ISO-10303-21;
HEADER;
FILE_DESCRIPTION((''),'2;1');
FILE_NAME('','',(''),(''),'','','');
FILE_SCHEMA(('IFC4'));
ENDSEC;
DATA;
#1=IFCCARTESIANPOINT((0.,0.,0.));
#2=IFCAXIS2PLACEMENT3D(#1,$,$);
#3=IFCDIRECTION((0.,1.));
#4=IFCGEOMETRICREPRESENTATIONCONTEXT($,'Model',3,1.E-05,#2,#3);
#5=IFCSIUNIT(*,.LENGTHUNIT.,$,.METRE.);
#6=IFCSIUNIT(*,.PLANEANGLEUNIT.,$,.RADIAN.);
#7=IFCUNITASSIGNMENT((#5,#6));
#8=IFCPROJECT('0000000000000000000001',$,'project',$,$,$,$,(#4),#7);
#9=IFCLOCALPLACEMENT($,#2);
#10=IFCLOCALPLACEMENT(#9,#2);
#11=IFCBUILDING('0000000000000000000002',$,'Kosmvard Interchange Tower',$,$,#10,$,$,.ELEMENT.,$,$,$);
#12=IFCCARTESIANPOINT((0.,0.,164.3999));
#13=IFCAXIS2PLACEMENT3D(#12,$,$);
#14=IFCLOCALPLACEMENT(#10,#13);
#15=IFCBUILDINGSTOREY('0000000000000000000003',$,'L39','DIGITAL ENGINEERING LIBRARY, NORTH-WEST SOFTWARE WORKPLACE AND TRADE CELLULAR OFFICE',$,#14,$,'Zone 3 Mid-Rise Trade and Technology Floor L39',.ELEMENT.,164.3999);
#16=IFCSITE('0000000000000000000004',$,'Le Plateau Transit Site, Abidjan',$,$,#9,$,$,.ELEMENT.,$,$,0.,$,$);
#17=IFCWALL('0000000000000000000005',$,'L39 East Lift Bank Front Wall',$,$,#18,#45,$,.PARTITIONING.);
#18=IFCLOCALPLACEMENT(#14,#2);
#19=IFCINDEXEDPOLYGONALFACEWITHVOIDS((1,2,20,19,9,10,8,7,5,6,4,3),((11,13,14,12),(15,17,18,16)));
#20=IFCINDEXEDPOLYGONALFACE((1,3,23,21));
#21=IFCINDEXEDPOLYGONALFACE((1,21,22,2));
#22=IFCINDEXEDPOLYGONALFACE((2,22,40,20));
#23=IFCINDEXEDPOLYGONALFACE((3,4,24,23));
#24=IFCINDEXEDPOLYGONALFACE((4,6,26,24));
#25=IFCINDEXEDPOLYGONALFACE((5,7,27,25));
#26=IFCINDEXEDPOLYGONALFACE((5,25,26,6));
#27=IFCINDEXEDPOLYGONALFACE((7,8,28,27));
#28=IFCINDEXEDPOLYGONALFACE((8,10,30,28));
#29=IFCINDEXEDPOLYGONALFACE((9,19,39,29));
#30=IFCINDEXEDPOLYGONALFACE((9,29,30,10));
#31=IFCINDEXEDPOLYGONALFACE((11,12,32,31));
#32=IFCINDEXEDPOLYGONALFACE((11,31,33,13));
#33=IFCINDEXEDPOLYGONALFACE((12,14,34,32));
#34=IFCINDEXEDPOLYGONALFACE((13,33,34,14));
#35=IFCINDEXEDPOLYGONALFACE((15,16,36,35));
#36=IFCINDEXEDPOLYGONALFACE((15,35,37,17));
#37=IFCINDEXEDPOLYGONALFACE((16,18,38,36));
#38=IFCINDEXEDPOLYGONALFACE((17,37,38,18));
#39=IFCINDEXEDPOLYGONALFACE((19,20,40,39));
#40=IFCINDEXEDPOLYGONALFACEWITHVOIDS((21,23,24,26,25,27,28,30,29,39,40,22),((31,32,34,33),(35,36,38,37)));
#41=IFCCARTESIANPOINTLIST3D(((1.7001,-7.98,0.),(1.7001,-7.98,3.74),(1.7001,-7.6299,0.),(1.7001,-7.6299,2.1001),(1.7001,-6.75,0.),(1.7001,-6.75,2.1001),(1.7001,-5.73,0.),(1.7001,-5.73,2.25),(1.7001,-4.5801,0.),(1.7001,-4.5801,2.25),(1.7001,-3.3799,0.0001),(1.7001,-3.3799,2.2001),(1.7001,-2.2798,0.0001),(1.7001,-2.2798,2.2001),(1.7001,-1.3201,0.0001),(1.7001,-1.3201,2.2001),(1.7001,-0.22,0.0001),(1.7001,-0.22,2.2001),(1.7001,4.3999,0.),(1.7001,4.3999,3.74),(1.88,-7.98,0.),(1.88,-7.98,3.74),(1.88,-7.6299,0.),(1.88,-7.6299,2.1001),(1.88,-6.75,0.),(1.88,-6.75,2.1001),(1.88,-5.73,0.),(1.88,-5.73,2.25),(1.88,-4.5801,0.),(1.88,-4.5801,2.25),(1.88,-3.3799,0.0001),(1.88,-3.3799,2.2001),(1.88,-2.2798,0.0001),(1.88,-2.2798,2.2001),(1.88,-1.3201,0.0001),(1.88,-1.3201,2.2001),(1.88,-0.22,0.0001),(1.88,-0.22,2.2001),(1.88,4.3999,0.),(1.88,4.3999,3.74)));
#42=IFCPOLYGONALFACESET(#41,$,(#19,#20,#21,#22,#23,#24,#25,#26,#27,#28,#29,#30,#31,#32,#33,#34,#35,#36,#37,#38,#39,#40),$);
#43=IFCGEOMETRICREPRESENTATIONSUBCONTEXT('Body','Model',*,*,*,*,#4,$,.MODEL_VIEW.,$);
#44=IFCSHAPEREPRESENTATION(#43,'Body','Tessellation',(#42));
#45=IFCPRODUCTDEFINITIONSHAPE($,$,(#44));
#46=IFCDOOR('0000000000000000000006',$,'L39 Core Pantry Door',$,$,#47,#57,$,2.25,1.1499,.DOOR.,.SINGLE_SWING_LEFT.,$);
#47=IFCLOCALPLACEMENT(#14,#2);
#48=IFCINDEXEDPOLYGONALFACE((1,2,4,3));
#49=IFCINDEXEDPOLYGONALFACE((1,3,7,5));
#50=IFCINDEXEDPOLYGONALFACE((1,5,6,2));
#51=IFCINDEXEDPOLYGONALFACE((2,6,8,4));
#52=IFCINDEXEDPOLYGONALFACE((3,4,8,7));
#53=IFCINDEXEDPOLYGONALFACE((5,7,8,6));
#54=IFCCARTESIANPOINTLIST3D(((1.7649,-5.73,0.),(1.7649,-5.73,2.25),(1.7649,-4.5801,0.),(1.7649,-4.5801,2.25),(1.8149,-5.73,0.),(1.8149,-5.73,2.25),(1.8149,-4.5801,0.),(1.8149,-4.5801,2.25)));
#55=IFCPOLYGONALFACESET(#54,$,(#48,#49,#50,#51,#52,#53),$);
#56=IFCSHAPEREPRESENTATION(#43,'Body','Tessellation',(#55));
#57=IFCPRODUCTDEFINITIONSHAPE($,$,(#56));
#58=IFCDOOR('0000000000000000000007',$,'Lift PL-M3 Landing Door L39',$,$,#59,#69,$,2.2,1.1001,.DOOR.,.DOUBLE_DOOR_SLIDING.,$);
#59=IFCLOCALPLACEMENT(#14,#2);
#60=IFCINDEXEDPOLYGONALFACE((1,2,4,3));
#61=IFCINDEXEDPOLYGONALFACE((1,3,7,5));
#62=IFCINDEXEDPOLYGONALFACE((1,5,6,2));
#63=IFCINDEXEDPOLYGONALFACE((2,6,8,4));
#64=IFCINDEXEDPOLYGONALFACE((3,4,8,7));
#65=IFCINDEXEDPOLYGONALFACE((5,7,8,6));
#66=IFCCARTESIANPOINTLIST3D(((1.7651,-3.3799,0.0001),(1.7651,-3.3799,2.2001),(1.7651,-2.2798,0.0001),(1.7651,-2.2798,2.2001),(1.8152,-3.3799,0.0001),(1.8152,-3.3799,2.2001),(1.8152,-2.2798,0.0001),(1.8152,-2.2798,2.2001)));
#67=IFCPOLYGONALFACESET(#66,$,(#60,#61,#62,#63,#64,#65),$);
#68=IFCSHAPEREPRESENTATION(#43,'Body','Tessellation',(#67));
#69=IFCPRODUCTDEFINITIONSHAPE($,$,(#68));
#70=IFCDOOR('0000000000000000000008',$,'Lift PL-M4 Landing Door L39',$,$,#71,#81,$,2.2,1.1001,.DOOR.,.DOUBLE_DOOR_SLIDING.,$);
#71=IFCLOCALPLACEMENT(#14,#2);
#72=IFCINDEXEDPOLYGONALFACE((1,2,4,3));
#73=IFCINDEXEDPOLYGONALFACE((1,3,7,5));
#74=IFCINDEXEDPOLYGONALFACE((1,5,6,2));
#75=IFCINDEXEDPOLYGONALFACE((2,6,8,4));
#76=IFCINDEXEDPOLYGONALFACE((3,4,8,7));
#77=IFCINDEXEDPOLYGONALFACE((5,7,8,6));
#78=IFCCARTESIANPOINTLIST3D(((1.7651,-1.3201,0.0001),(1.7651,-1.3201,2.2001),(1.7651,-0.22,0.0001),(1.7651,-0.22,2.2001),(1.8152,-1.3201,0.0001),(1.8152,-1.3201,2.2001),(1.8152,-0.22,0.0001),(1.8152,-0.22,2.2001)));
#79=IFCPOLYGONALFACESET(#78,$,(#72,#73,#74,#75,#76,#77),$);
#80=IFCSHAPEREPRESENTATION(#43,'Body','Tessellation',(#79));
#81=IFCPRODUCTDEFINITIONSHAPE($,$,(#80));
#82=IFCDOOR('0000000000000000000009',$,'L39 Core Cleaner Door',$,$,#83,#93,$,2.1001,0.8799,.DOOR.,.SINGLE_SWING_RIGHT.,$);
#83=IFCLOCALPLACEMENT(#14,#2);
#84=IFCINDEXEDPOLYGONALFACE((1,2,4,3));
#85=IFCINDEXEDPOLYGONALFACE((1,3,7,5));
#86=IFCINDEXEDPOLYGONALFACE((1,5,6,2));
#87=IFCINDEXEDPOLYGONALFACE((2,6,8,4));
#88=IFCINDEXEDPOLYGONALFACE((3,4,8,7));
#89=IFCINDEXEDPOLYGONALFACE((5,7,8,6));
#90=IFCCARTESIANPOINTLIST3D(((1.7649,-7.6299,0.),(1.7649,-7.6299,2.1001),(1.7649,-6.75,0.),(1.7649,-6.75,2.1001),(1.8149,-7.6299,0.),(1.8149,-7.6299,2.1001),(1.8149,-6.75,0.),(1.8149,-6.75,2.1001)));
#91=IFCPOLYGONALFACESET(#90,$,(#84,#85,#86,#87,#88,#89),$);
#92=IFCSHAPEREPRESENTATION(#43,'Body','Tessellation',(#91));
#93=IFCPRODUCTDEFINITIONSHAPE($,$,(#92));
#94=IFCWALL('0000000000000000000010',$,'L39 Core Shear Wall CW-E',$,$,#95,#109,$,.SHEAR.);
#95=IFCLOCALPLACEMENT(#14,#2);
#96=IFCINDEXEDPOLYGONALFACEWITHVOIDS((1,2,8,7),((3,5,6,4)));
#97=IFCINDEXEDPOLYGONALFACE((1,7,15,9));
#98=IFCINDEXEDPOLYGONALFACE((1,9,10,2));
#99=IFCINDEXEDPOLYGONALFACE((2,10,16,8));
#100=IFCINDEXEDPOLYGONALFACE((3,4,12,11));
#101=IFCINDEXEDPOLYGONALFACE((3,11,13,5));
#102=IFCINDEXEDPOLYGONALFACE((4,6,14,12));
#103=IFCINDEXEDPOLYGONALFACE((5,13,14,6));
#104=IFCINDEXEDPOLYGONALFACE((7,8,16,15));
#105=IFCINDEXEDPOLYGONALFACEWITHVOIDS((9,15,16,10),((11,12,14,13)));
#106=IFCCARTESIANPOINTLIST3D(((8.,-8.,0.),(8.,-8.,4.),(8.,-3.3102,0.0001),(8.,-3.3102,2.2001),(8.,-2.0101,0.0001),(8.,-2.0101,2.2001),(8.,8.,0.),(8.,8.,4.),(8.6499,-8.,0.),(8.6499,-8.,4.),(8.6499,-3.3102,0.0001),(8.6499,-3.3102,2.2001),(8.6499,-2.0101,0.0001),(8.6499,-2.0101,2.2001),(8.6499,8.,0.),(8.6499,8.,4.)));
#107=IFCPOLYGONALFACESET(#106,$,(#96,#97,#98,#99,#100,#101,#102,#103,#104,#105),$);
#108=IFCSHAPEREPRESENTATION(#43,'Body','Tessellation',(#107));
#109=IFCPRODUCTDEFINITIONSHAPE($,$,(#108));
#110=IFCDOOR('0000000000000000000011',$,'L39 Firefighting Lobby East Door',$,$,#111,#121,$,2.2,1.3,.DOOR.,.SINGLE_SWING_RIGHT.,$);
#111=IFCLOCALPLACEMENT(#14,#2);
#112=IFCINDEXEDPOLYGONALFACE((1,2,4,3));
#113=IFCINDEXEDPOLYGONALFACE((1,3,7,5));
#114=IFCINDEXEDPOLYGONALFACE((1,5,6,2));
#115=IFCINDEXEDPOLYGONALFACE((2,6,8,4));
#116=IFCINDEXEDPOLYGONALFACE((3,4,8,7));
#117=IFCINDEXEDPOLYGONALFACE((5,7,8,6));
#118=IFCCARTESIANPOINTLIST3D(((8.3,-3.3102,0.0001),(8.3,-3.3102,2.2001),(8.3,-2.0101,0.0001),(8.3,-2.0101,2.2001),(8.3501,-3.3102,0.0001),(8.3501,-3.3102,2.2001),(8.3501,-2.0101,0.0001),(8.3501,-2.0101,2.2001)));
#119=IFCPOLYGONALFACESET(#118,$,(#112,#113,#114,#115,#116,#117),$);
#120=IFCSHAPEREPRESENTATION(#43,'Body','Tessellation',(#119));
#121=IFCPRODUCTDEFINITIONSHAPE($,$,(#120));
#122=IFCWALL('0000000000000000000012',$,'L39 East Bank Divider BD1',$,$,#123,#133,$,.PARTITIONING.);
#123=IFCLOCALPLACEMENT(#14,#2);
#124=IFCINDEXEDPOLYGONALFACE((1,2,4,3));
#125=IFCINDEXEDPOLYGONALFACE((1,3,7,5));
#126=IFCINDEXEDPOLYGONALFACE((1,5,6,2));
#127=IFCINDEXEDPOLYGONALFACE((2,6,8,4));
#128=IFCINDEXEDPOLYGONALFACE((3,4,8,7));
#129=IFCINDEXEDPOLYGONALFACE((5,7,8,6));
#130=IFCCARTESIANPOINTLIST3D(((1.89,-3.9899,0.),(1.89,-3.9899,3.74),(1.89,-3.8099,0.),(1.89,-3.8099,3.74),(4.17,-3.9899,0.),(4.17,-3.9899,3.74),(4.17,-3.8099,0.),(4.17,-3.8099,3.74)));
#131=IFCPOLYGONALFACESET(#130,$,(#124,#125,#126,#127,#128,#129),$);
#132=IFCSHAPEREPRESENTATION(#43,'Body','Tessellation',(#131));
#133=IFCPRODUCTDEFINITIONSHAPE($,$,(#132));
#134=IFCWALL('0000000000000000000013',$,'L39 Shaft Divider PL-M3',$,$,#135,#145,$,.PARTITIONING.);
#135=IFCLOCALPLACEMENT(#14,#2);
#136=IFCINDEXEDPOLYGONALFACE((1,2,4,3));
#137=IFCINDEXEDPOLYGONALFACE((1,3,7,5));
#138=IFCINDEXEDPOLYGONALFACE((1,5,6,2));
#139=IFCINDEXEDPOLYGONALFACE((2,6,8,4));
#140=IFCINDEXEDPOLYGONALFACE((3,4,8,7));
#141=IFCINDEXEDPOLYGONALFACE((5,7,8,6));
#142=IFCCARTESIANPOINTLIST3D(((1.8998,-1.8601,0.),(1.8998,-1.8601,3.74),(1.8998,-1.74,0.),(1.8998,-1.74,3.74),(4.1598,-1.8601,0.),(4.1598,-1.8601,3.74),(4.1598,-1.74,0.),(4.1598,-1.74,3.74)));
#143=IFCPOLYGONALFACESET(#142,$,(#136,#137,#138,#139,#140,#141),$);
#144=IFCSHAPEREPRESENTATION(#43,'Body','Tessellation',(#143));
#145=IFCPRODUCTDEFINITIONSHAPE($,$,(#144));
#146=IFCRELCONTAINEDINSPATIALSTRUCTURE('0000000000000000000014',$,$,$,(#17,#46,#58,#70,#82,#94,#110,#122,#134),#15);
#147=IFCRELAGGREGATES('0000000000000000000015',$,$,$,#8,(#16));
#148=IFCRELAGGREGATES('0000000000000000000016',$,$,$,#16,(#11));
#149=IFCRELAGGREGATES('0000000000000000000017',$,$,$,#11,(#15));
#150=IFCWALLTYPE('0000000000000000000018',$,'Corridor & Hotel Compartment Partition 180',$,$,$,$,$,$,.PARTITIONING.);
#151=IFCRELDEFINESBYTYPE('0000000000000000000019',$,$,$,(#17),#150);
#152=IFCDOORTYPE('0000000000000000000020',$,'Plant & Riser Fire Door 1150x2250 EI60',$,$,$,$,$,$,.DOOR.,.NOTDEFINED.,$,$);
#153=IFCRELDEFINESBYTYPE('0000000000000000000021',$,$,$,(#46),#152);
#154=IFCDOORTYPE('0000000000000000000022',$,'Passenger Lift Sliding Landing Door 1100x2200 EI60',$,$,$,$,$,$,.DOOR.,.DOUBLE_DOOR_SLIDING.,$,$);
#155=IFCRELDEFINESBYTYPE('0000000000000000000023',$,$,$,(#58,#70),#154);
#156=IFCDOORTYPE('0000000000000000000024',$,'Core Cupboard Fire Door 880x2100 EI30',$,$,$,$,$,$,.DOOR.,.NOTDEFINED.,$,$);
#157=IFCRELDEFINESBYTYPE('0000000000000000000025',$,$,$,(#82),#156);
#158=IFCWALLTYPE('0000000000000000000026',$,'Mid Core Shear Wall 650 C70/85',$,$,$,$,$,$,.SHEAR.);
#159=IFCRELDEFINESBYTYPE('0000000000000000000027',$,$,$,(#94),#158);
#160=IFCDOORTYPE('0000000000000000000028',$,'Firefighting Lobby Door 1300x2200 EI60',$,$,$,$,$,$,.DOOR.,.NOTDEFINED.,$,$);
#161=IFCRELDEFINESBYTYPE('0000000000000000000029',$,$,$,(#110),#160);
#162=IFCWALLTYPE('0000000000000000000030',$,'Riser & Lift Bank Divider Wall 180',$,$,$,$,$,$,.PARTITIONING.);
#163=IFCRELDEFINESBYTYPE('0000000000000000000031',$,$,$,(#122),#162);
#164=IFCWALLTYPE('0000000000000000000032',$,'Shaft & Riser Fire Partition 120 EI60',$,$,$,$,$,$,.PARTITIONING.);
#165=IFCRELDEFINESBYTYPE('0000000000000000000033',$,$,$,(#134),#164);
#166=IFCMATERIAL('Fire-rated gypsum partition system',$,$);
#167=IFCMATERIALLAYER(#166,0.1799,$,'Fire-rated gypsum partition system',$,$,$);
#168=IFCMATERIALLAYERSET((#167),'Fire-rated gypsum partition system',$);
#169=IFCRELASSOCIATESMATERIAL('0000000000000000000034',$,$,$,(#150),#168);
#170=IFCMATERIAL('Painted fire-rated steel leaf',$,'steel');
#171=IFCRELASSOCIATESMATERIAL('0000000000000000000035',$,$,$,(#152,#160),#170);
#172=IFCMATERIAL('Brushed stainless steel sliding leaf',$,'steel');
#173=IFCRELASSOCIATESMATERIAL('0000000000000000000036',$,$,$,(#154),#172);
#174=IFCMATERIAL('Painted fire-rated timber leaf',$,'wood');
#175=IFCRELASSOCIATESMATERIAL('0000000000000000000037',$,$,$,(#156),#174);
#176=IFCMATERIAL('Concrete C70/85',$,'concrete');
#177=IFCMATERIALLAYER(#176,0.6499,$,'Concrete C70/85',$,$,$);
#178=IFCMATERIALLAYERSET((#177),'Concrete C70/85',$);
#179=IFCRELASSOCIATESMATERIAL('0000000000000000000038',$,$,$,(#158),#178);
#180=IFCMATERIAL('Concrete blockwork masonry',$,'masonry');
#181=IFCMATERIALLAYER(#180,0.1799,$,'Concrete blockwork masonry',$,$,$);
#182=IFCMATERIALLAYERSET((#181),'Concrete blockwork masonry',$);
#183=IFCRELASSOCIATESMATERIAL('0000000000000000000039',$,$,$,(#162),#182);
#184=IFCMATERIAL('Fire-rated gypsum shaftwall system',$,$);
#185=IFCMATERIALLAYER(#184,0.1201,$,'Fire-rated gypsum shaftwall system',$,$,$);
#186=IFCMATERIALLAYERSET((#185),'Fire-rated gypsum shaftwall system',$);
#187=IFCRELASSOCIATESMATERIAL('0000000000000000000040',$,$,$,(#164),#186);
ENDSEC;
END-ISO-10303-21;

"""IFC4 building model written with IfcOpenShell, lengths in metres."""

from ifc_helpers import new_model, si_unit, direction, frame, frame_2d, origin, place, context, subcontext, project, spatial, rectangle, extrude, source, transform, mapped, material, layer, layer_set, type_object, element, fill, save


model = new_model("IFC4")

# Units and contexts
model_context = context("Model", 3, precision=1e-05, world=origin(), true_north=direction((0.0, 1.0)))
body_context = subcontext(model_context, "Body", "Model", "MODEL_VIEW")
ifc_project = project(units=[si_unit("LENGTHUNIT", "METRE"), si_unit("PLANEANGLEUNIT", "RADIAN")], contexts=[model_context])

# Site, building, storey
site_placement = place(None, origin())
site = spatial("IfcSite", under=ifc_project, at=site_placement, Name="Le Plateau Transit Site, Abidjan", CompositionType="ELEMENT", RefElevation=0.0)
building_placement = place(site_placement, origin())
building = spatial("IfcBuilding", under=site, at=building_placement, Name="Kosmvard Interchange Tower", CompositionType="ELEMENT")
storey_placement = place(building_placement, frame((0.0, 0.0, 164.3999)))
storey = spatial("IfcBuildingStorey", under=building, at=storey_placement, Name="L39", Description="DIGITAL ENGINEERING LIBRARY, NORTH-WEST SOFTWARE WORKPLACE AND TRADE CELLULAR OFFICE", LongName="Zone 3 Mid-Rise Trade and Technology Floor L39", CompositionType="ELEMENT", Elevation=164.3999)

# Shared definitions
ifc_material_1 = material(Name="Fire-rated gypsum partition system")

# Wall, openings, doors
ifc_layer_1 = layer(ifc_material_1, 0.1799, Name="Fire-rated gypsum partition system")
ifc_layer_set_1 = layer_set([ifc_layer_1], Name="Fire-rated gypsum partition system")
wall_type_1 = type_object("IfcWallType", Name="Corridor & Hotel Compartment Partition 180", PredefinedType="PARTITIONING", material=ifc_layer_set_1)
ifc_material_2 = material(Name="Painted fire-rated steel leaf", Category="steel")
door_type_1 = type_object("IfcDoorType", Name="Plant & Riser Fire Door 1150x2250 EI60", OperationType="NOTDEFINED", PredefinedType="DOOR", material=ifc_material_2)
shared_shape_1 = source(origin(), body_context, "Body", "SweptSolid", [
    extrude(rectangle(XDim=1.1499, YDim=2.25, at=frame_2d((0.575, 1.125))), frame((0.0, 0.0249, 0.0), z_axis=(0.0, -1.0, 0.0), x_axis=(1.0, 0.0, 0.0)), (0.0, 0.0, 1.0), 0.05),
])
ifc_material_3 = material(Name="Brushed stainless steel sliding leaf", Category="steel")
door_type_2 = type_object("IfcDoorType", Name="Passenger Lift Sliding Landing Door 1100x2200 EI60", OperationType="DOUBLE_DOOR_SLIDING", PredefinedType="DOOR", material=ifc_material_3)
shared_shape_2 = source(origin(), body_context, "Body", "SweptSolid", [
    extrude(rectangle(XDim=1.1001, YDim=2.2, at=frame_2d((0.55, 1.1001))), frame((0.0, 0.0249, 0.0), z_axis=(0.0, -1.0, 0.0), x_axis=(1.0, 0.0, 0.0)), (0.0, 0.0, 1.0), 0.05),
])
wall_1_placement = place(storey_placement, frame((1.79, -7.98, 0.0), z_axis=(0.0, 0.0, 1.0), x_axis=(0.0, 1.0, 0.0)))
wall_1 = element("IfcWall", 1, at=wall_1_placement, inside=storey, type_object=wall_type_1, Name="L39 East Lift Bank Front Wall", PredefinedType="PARTITIONING", context=body_context, shape_type="SweptSolid", body=[
    extrude(rectangle(XDim=12.3799, YDim=0.1799, at=frame_2d((6.1899, 0.0))), origin(), (0.0, 0.0, 1.0), 3.74),
])
opening_1_placement = place(wall_1_placement, frame((4.6001, 0.0, 0.0)))
opening_1 = element("IfcOpeningElement", 2, at=opening_1_placement, cuts=wall_1, PredefinedType="OPENING", context=body_context, shape_type="SweptSolid", body=[
    extrude(rectangle(XDim=1.1001, YDim=2.2, at=frame_2d((0.55, 1.1001))), frame((0.0, 0.1001, 0.0), z_axis=(0.0, -1.0, 0.0), x_axis=(1.0, 0.0, 0.0)), (0.0, 0.0, 1.0), 0.2),
])
opening_2_placement = place(wall_1_placement, frame((6.6599, 0.0, 0.0)))
opening_2 = element("IfcOpeningElement", 3, at=opening_2_placement, cuts=wall_1, PredefinedType="OPENING", context=body_context, shape_type="SweptSolid", body=[
    extrude(rectangle(XDim=1.1001, YDim=2.2, at=frame_2d((0.55, 1.1001))), frame((0.0, 0.1001, 0.0), z_axis=(0.0, -1.0, 0.0), x_axis=(1.0, 0.0, 0.0)), (0.0, 0.0, 1.0), 0.2),
])
opening_3_placement = place(wall_1_placement, frame((0.3501, 0.0, 0.0)))
opening_3 = element("IfcOpeningElement", 4, at=opening_3_placement, cuts=wall_1, PredefinedType="OPENING", context=body_context, shape_type="SweptSolid", body=[
    extrude(rectangle(XDim=0.8799, YDim=2.1001, at=frame_2d((0.4399, 1.05))), frame((0.0, 0.1001, 0.0), z_axis=(0.0, -1.0, 0.0), x_axis=(1.0, 0.0, 0.0)), (0.0, 0.0, 1.0), 0.2),
])
opening_4_placement = place(wall_1_placement, frame((2.25, 0.0, 0.0)))
opening_4 = element("IfcOpeningElement", 5, at=opening_4_placement, cuts=wall_1, PredefinedType="OPENING", context=body_context, shape_type="SweptSolid", body=[
    extrude(rectangle(XDim=1.1499, YDim=2.25, at=frame_2d((0.575, 1.125))), frame((0.0, 0.1001, 0.0), z_axis=(0.0, -1.0, 0.0), x_axis=(1.0, 0.0, 0.0)), (0.0, 0.0, 1.0), 0.2),
])
door_1_placement = place(opening_4_placement, frame((1.1499, 0.0, 0.0), z_axis=(0.0, 0.0, 1.0), x_axis=(-1.0, 0.0, 0.0)))
door_1 = element("IfcDoor", 6, at=door_1_placement, inside=storey, type_object=door_type_1, Name="L39 Core Pantry Door", OperationType="SINGLE_SWING_LEFT", OverallHeight=2.25, OverallWidth=1.1499, PredefinedType="DOOR", context=body_context, shape_type="MappedRepresentation", body=[
    mapped(shared_shape_1, transform((0.0, 0.0, 0.0), scale=1.0)),
])
fill(opening_4, door_1)
door_2_placement = place(opening_1_placement, origin())
door_2 = element("IfcDoor", 7, at=door_2_placement, inside=storey, type_object=door_type_2, Name="Lift PL-M3 Landing Door L39", OperationType="DOUBLE_DOOR_SLIDING", OverallHeight=2.2, OverallWidth=1.1001, PredefinedType="DOOR", context=body_context, shape_type="MappedRepresentation", body=[
    mapped(shared_shape_2, transform((0.0, 0.0, 0.0), scale=1.0)),
])
fill(opening_1, door_2)
door_3_placement = place(opening_2_placement, origin())
door_3 = element("IfcDoor", 8, at=door_3_placement, inside=storey, type_object=door_type_2, Name="Lift PL-M4 Landing Door L39", OperationType="DOUBLE_DOOR_SLIDING", OverallHeight=2.2, OverallWidth=1.1001, PredefinedType="DOOR", context=body_context, shape_type="MappedRepresentation", body=[
    mapped(shared_shape_2, transform((0.0, 0.0, 0.0), scale=1.0)),
])
fill(opening_2, door_3)
ifc_material_4 = material(Name="Painted fire-rated timber leaf", Category="wood")
door_type_3 = type_object("IfcDoorType", Name="Core Cupboard Fire Door 880x2100 EI30", OperationType="NOTDEFINED", PredefinedType="DOOR", material=ifc_material_4)
shared_shape_3 = source(origin(), body_context, "Body", "SweptSolid", [
    extrude(rectangle(XDim=0.8799, YDim=2.1001, at=frame_2d((0.4399, 1.05))), frame((0.0, 0.0249, 0.0), z_axis=(0.0, -1.0, 0.0), x_axis=(1.0, 0.0, 0.0)), (0.0, 0.0, 1.0), 0.05),
])
door_4_placement = place(opening_3_placement, frame((0.8799, 0.0, 0.0), z_axis=(0.0, 0.0, 1.0), x_axis=(-1.0, 0.0, 0.0)))
door_4 = element("IfcDoor", 9, at=door_4_placement, inside=storey, type_object=door_type_3, Name="L39 Core Cleaner Door", OperationType="SINGLE_SWING_RIGHT", OverallHeight=2.1001, OverallWidth=0.8799, PredefinedType="DOOR", context=body_context, shape_type="MappedRepresentation", body=[
    mapped(shared_shape_3, transform((0.0, 0.0, 0.0), scale=1.0)),
])
fill(opening_3, door_4)

# Wall, opening, door
ifc_material_5 = material(Name="Concrete C70/85", Category="concrete")
ifc_layer_2 = layer(ifc_material_5, 0.6499, Name="Concrete C70/85")
ifc_layer_set_2 = layer_set([ifc_layer_2], Name="Concrete C70/85")
wall_type_2 = type_object("IfcWallType", Name="Mid Core Shear Wall 650 C70/85", PredefinedType="SHEAR", material=ifc_layer_set_2)
wall_2_placement = place(storey_placement, frame((8.325, -8.0, 0.0), z_axis=(0.0, 0.0, 1.0), x_axis=(0.0, 1.0, 0.0)))
wall_2 = element("IfcWall", 10, at=wall_2_placement, inside=storey, type_object=wall_type_2, Name="L39 Core Shear Wall CW-E", PredefinedType="SHEAR", context=body_context, shape_type="SweptSolid", body=[
    extrude(rectangle(XDim=16.0, YDim=0.6499, at=frame_2d((8.0, 0.0))), origin(), (0.0, 0.0, 1.0), 4.0),
])
opening_5_placement = place(wall_2_placement, frame((4.6899, 0.0, 0.0)))
opening_5 = element("IfcOpeningElement", 11, at=opening_5_placement, cuts=wall_2, PredefinedType="OPENING", context=body_context, shape_type="SweptSolid", body=[
    extrude(rectangle(XDim=1.3, YDim=2.2, at=frame_2d((0.6499, 1.1001))), frame((0.0, 0.335, 0.0), z_axis=(0.0, -1.0, 0.0), x_axis=(1.0, 0.0, 0.0)), (0.0, 0.0, 1.0), 0.6699),
])
door_type_4 = type_object("IfcDoorType", Name="Firefighting Lobby Door 1300x2200 EI60", OperationType="NOTDEFINED", PredefinedType="DOOR", material=ifc_material_2)
shared_shape_4 = source(origin(), body_context, "Body", "SweptSolid", [
    extrude(rectangle(XDim=1.3, YDim=2.2, at=frame_2d((0.6499, 1.1001))), frame((0.0, 0.0249, 0.0), z_axis=(0.0, -1.0, 0.0), x_axis=(1.0, 0.0, 0.0)), (0.0, 0.0, 1.0), 0.05),
])
door_5_placement = place(opening_5_placement, origin())
door_5 = element("IfcDoor", 12, at=door_5_placement, inside=storey, type_object=door_type_4, Name="L39 Firefighting Lobby East Door", OperationType="SINGLE_SWING_RIGHT", OverallHeight=2.2, OverallWidth=1.3, PredefinedType="DOOR", context=body_context, shape_type="MappedRepresentation", body=[
    mapped(shared_shape_4, transform((0.0, 0.0, 0.0), scale=1.0)),
])
fill(opening_5, door_5)

# Walls
ifc_material_6 = material(Name="Concrete blockwork masonry", Category="masonry")
ifc_layer_3 = layer(ifc_material_6, 0.1799, Name="Concrete blockwork masonry")
ifc_layer_set_3 = layer_set([ifc_layer_3], Name="Concrete blockwork masonry")
wall_type_3 = type_object("IfcWallType", Name="Riser & Lift Bank Divider Wall 180", PredefinedType="PARTITIONING", material=ifc_layer_set_3)
wall_3_placement = place(storey_placement, frame((1.8899, -3.8999, 0.0), z_axis=(0.0, 0.0, 1.0), x_axis=(1.0, 0.0, 0.0)))
element("IfcWall", 13, at=wall_3_placement, inside=storey, type_object=wall_type_3, Name="L39 East Bank Divider BD1", PredefinedType="PARTITIONING", context=body_context, shape_type="SweptSolid", body=[
    extrude(rectangle(XDim=2.28, YDim=0.1799, at=frame_2d((1.1401, 0.0))), origin(), (0.0, 0.0, 1.0), 3.74),
])
ifc_material_7 = material(Name="Fire-rated gypsum shaftwall system")
ifc_layer_4 = layer(ifc_material_7, 0.1201, Name="Fire-rated gypsum shaftwall system")
ifc_layer_set_4 = layer_set([ifc_layer_4], Name="Fire-rated gypsum shaftwall system")
wall_type_4 = type_object("IfcWallType", Name="Shaft & Riser Fire Partition 120 EI60", PredefinedType="PARTITIONING", material=ifc_layer_set_4)
wall_4_placement = place(storey_placement, frame((1.8999, -1.8, 0.0), z_axis=(0.0, 0.0, 1.0), x_axis=(1.0, 0.0, 0.0)))
element("IfcWall", 14, at=wall_4_placement, inside=storey, type_object=wall_type_4, Name="L39 Shaft Divider PL-M3", PredefinedType="PARTITIONING", context=body_context, shape_type="SweptSolid", body=[
    extrude(rectangle(XDim=2.26, YDim=0.1201, at=frame_2d((1.1299, 0.0))), origin(), (0.0, 0.0, 1.0), 3.74),
])

save(model, "model.ifc")
